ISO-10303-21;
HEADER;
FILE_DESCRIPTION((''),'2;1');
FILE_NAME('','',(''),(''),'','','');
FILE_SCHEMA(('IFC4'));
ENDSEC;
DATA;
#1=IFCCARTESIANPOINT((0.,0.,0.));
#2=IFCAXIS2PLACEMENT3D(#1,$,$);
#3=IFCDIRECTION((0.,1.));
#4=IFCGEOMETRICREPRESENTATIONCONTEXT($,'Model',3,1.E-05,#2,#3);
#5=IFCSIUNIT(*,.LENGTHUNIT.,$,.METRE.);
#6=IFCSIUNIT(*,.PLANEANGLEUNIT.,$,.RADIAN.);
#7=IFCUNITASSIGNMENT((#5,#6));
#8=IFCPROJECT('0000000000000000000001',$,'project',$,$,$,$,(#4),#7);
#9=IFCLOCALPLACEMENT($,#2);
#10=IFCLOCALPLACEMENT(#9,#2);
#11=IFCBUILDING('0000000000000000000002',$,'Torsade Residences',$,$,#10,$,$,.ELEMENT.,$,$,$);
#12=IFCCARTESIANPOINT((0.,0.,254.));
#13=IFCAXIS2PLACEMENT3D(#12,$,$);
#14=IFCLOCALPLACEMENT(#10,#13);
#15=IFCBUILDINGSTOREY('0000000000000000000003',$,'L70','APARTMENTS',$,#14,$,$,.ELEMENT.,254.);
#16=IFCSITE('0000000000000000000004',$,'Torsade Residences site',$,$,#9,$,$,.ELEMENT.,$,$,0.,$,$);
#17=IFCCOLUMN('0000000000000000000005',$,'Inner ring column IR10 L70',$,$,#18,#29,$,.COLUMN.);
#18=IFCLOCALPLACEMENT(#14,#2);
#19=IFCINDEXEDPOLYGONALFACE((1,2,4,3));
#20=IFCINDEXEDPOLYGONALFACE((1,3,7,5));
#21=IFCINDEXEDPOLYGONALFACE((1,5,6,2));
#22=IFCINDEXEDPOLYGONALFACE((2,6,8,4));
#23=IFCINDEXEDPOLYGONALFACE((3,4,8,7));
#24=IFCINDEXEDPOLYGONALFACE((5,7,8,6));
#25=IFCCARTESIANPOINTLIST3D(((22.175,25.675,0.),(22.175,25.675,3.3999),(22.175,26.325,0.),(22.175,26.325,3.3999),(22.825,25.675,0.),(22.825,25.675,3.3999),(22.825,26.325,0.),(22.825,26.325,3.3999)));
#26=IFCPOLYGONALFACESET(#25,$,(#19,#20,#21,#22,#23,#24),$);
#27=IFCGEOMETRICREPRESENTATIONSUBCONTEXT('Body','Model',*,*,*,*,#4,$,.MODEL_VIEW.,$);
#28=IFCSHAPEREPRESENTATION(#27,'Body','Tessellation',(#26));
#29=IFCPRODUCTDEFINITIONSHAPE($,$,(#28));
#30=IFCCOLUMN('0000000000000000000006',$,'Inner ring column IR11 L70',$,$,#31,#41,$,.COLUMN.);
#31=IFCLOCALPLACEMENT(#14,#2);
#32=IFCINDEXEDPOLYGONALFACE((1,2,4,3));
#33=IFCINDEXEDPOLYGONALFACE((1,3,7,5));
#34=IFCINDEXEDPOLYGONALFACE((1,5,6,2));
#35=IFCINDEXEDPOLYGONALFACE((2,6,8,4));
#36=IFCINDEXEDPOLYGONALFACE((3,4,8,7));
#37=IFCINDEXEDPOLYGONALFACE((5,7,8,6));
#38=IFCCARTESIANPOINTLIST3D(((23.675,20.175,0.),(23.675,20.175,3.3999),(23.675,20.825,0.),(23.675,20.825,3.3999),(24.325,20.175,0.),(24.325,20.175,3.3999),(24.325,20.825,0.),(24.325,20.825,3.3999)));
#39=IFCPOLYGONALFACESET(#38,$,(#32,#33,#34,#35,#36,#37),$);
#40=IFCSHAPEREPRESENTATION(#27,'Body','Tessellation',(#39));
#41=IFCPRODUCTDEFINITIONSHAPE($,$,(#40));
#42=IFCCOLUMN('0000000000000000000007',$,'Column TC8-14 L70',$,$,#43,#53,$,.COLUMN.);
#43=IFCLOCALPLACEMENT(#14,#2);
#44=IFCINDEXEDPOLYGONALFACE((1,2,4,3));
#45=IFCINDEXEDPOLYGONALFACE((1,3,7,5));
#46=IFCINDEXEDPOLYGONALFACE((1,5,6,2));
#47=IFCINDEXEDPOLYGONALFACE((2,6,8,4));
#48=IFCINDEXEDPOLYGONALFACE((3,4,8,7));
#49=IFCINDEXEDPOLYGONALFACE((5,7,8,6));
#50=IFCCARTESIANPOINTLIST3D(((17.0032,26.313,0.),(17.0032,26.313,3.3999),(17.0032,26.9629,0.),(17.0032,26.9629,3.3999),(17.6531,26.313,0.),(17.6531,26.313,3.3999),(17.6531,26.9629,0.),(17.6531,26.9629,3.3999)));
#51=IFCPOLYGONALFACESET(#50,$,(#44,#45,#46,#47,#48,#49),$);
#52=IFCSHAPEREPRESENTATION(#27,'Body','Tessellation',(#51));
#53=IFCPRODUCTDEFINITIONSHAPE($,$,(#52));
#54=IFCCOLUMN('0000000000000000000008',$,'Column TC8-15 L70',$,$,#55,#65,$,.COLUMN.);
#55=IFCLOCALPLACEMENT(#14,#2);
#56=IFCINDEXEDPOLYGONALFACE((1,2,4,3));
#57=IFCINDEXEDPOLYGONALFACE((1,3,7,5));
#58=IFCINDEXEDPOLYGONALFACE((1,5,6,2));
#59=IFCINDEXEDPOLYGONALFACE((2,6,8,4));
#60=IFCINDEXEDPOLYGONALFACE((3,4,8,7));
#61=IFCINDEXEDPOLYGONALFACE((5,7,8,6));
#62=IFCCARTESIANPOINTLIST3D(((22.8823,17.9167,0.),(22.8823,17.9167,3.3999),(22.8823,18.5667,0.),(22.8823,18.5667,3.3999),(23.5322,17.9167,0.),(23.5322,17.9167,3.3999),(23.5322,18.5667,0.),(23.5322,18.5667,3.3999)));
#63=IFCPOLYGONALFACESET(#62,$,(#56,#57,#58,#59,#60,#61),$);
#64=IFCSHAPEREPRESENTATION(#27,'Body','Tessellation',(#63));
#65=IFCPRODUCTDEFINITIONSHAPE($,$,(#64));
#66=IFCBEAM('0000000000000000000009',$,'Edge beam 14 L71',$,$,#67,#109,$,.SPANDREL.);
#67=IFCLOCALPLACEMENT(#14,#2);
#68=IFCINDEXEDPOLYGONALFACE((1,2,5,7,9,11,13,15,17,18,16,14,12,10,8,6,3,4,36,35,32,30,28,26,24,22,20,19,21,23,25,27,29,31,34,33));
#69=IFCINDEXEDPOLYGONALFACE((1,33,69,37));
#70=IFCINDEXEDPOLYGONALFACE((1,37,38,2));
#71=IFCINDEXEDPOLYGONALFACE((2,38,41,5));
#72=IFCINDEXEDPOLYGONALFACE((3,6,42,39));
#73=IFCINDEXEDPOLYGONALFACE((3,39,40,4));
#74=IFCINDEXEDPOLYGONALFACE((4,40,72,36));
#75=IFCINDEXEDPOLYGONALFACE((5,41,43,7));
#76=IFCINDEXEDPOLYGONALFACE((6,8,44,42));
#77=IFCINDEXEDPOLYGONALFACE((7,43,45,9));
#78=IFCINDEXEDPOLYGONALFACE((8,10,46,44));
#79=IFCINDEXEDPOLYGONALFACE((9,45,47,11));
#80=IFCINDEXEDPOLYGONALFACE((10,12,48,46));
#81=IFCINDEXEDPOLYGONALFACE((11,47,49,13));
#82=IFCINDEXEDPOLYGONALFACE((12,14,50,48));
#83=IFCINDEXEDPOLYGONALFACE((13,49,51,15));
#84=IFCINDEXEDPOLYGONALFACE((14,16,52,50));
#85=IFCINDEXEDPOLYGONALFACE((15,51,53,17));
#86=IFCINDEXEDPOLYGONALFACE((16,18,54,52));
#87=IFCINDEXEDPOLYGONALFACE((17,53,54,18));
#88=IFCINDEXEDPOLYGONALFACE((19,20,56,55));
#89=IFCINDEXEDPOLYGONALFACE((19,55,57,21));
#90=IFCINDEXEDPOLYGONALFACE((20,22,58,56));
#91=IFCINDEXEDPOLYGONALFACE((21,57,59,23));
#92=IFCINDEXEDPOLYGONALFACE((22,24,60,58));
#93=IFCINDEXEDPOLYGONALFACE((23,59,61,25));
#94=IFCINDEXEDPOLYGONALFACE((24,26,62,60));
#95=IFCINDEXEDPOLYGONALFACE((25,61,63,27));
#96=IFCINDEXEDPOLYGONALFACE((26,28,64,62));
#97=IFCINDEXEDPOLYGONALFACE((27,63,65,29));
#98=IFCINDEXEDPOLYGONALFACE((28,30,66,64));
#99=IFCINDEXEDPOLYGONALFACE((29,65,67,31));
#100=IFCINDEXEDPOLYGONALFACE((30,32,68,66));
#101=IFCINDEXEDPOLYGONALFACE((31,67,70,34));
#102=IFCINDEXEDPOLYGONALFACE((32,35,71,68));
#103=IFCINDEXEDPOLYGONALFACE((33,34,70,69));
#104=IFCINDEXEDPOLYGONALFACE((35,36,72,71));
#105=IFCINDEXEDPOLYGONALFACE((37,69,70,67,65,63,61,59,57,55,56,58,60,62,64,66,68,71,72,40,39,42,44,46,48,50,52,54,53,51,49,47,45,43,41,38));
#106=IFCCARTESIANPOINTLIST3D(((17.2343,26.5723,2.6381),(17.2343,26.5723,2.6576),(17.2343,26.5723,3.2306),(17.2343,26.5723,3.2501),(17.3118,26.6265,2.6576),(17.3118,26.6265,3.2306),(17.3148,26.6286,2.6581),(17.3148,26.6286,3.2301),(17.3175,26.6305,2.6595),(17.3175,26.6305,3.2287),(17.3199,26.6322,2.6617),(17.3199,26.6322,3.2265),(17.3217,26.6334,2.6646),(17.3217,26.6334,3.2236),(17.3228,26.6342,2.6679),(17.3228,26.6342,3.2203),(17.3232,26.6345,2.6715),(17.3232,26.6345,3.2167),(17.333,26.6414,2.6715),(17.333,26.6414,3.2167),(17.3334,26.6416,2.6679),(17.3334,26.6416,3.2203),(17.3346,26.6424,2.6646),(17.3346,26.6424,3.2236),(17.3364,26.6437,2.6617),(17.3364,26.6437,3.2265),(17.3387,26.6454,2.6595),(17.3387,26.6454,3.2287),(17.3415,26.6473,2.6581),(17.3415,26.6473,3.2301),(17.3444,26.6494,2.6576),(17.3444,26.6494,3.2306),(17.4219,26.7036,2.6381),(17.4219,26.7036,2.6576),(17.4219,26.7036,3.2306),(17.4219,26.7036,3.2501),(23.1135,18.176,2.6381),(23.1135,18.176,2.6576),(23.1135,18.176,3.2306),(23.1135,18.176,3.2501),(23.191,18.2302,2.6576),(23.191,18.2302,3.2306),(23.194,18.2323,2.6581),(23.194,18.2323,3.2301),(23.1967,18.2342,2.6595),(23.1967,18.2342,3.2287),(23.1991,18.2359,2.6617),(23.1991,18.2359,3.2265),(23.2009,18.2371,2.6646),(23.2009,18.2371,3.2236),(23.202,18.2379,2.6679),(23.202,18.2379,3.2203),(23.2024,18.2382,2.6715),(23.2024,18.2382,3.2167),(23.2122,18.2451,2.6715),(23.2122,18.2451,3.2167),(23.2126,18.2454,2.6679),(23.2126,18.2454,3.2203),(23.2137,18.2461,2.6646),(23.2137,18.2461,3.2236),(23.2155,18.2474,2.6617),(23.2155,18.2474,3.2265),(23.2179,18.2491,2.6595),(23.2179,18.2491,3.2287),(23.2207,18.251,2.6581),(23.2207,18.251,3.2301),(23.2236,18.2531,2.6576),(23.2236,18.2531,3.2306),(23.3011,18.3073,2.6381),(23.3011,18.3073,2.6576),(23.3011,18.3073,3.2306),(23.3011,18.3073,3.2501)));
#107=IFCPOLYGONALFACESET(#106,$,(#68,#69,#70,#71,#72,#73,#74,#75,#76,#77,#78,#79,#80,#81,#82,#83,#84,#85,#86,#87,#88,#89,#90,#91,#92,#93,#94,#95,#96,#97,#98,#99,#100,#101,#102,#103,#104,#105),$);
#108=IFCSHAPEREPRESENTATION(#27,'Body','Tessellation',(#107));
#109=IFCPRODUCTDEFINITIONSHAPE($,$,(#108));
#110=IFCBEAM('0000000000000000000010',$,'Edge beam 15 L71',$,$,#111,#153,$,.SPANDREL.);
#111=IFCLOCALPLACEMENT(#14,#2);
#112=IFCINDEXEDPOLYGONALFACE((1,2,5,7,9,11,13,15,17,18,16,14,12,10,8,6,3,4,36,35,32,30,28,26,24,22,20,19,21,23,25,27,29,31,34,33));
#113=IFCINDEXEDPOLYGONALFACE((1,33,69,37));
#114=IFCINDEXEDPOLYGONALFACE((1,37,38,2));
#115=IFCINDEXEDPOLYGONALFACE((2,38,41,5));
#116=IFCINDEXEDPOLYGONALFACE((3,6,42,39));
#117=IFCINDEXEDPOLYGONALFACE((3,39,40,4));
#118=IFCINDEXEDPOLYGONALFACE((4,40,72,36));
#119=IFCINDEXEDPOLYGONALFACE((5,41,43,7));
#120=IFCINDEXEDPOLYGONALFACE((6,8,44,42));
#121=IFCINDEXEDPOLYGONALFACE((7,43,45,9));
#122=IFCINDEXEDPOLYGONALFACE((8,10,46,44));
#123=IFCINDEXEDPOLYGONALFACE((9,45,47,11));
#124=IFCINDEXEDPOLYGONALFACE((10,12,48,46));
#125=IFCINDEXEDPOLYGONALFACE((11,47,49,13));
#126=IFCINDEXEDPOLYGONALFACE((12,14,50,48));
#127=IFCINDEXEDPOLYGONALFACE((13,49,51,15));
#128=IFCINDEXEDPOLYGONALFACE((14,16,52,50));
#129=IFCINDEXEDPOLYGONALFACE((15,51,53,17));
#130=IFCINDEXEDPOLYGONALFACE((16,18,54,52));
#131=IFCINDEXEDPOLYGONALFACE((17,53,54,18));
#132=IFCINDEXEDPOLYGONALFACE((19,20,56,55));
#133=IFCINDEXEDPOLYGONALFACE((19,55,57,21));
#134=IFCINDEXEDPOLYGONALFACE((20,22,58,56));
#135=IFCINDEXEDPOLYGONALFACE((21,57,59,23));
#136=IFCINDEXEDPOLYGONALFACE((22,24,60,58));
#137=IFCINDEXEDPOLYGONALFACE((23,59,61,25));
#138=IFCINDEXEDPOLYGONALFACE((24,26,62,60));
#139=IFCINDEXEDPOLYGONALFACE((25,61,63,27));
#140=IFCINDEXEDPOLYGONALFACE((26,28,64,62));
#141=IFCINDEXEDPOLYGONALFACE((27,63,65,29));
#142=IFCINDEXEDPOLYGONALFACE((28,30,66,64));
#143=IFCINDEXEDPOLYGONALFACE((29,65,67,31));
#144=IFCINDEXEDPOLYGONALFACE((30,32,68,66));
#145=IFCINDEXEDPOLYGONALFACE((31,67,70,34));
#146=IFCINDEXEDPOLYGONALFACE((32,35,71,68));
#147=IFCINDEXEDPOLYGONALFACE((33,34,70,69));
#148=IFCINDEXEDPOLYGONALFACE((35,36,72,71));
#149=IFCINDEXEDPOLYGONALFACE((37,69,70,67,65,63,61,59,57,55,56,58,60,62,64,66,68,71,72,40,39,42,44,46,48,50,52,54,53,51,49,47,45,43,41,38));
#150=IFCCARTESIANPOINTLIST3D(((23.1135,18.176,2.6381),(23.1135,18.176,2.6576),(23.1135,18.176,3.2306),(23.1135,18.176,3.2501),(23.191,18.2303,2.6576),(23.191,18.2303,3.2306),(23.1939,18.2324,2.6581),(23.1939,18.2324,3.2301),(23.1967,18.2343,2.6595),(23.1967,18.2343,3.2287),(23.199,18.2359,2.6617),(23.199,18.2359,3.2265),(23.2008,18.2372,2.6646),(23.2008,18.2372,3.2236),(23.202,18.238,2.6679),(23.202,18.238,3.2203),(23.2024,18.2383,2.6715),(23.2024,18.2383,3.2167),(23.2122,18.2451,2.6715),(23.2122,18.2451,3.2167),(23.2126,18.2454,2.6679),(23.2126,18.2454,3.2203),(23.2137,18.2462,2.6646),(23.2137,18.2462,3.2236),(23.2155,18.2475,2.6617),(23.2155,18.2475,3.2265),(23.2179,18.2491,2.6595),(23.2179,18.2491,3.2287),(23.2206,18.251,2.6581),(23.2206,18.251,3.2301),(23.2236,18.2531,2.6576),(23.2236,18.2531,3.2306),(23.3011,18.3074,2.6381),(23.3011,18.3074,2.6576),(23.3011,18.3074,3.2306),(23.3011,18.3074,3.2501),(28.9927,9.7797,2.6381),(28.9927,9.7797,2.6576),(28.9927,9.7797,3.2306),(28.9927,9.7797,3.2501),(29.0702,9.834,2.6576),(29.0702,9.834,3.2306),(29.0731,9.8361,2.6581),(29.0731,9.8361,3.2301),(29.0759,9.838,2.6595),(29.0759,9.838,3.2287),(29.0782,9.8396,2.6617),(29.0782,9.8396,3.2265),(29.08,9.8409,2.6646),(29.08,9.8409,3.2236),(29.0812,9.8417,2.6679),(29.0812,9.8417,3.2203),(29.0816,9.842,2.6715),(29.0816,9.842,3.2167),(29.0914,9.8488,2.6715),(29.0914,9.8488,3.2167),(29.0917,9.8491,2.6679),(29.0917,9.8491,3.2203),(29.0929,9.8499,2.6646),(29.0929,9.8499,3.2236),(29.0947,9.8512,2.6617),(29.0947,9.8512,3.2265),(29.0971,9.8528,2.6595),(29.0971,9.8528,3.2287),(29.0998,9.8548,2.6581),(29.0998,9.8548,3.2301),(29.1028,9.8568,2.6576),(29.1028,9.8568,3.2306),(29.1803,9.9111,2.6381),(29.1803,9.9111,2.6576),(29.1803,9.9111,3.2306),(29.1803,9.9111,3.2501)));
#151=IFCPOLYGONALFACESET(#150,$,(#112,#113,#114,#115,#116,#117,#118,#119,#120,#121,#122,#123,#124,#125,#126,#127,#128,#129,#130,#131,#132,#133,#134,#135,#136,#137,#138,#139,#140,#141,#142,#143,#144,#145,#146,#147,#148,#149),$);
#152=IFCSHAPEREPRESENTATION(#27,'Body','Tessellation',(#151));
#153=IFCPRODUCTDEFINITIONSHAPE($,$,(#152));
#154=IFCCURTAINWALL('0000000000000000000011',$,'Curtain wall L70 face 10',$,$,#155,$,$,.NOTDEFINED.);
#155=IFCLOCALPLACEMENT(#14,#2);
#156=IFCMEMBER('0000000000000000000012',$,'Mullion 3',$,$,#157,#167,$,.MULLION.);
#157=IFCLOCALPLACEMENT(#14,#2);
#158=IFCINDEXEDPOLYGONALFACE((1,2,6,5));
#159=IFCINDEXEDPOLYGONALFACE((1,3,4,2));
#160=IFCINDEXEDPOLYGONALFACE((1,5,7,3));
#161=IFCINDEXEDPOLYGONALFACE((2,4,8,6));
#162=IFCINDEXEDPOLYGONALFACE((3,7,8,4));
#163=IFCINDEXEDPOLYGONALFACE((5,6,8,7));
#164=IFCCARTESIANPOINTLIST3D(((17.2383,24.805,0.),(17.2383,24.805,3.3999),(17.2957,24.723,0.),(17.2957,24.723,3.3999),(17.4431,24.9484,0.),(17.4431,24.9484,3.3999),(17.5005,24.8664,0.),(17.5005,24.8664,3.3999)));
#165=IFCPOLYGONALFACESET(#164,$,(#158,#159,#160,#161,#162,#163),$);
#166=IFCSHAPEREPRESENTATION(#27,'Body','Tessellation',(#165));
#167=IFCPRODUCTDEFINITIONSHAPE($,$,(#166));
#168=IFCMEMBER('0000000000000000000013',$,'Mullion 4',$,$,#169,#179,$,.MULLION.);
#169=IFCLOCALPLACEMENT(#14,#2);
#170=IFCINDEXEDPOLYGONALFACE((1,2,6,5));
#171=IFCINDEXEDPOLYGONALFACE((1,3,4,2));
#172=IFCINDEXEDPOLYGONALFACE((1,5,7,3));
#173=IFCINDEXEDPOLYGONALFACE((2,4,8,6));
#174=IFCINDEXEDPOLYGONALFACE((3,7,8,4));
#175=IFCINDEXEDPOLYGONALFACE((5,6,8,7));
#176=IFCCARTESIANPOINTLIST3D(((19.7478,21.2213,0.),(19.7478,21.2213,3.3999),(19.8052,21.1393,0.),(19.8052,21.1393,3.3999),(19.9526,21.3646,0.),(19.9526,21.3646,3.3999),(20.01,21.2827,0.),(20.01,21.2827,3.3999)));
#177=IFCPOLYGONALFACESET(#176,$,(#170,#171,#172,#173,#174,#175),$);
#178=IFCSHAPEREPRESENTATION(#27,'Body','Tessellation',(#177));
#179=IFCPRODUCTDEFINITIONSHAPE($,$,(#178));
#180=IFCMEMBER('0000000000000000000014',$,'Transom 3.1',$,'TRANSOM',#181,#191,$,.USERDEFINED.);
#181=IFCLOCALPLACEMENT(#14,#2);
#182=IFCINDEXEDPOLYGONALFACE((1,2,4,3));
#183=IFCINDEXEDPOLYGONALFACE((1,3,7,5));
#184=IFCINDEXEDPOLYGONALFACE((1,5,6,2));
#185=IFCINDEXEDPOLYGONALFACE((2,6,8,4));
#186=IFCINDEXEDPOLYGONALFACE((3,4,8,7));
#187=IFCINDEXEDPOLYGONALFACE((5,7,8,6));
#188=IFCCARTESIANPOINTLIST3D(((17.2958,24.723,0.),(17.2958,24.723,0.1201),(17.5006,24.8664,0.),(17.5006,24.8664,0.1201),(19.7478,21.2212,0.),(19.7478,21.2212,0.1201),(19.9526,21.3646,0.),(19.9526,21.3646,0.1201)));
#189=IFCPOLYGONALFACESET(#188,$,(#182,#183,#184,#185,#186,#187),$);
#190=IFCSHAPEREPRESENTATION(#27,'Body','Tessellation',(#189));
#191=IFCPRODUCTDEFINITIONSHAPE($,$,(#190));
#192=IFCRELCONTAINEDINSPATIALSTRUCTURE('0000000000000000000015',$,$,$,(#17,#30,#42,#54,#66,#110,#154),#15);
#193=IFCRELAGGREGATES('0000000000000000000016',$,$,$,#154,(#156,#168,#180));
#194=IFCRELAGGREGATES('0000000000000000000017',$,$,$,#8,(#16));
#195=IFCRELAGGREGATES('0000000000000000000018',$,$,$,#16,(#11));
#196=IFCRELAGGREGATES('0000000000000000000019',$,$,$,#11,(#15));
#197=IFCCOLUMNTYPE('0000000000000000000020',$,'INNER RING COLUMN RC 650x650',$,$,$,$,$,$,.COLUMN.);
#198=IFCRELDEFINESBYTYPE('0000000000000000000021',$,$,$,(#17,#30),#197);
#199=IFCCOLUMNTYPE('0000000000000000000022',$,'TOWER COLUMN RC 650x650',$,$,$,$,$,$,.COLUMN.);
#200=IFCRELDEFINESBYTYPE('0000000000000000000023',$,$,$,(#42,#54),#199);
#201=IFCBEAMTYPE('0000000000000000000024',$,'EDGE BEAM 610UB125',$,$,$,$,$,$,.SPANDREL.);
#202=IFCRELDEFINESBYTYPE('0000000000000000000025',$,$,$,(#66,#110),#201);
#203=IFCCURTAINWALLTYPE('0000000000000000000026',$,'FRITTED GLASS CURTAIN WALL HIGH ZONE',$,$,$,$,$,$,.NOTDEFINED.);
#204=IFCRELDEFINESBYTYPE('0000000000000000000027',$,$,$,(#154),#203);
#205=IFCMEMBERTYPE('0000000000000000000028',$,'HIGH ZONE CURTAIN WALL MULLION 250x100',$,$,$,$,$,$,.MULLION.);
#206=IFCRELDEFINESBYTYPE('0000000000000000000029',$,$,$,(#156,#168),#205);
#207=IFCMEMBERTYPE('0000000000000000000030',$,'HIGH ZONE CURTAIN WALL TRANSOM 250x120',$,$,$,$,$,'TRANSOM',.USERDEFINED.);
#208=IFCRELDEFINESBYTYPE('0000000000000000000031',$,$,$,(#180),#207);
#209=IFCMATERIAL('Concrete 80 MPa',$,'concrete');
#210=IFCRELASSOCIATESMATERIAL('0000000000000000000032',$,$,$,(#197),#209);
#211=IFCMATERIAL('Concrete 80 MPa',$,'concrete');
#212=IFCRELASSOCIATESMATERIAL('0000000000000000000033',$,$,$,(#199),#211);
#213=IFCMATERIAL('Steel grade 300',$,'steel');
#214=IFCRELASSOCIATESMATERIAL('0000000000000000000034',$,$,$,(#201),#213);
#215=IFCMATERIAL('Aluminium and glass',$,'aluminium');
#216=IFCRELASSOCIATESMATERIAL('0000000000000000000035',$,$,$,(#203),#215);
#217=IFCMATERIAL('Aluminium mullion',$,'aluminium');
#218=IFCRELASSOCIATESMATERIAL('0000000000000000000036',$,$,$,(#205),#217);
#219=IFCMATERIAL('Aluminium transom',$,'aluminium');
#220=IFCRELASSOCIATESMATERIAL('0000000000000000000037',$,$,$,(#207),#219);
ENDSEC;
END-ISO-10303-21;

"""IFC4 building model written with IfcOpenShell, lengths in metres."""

from ifc_helpers import new_model, si_unit, direction, frame, origin, origin_2d, place, context, subcontext, project, spatial, rectangle, i_section, extrude, material, material_profile, profile_set, type_object, element, aggregate, save


model = new_model("IFC4")

# Units and contexts
model_context = context("Model", 3, precision=1e-05, world=origin(), true_north=direction((0.0, 1.0)))
body_context = subcontext(model_context, "Body", "Model", "MODEL_VIEW")
ifc_project = project(units=[si_unit("LENGTHUNIT", "METRE"), si_unit("PLANEANGLEUNIT", "RADIAN")], contexts=[model_context])

# Site, building, storey
site_placement = place(None, origin())
site = spatial("IfcSite", under=ifc_project, at=site_placement, Name="Torsade Residences site", CompositionType="ELEMENT", RefElevation=0.0)
building_placement = place(site_placement, origin())
building = spatial("IfcBuilding", under=site, at=building_placement, Name="Torsade Residences", CompositionType="ELEMENT")
storey_placement = place(building_placement, frame((0.0, 0.0, 254.0)))
storey = spatial("IfcBuildingStorey", under=building, at=storey_placement, Name="L70", Description="APARTMENTS", CompositionType="ELEMENT", Elevation=254.0)

# Columns
ifc_material_1 = material(Name="Concrete 80 MPa", Category="concrete")
ifc_material_profile_1 = material_profile(ifc_material_1, rectangle(XDim=0.6499, YDim=0.6499, at=origin_2d()), Name="RC 650x650")
ifc_profile_set_1 = profile_set([ifc_material_profile_1], Name="Concrete 80 MPa")
column_type_1 = type_object("IfcColumnType", Name="INNER RING COLUMN RC 650x650", PredefinedType="COLUMN", material=ifc_profile_set_1)
for number, where, z_axis, x_axis, name in (
    (1, (22.5, 26.0, 0.0), (0.0, 0.0, 1.0), (1.0, 0.0, 0.0), "Inner ring column IR10 L70"),
    (2, (24.0, 20.5, 0.0), (0.0, 0.0, 1.0), (1.0, 0.0, 0.0), "Inner ring column IR11 L70"),
):
    element("IfcColumn", number, at=place(storey_placement, frame(where, z_axis=z_axis, x_axis=x_axis)), inside=storey, type_object=column_type_1, Name=name, PredefinedType="COLUMN", context=body_context, shape_type="SweptSolid", body=[
        extrude(rectangle(XDim=0.6499, YDim=0.6499, at=origin_2d()), origin(), (0.0, 0.0, 1.0), 3.3999),
    ])
ifc_material_2 = material(Name="Concrete 80 MPa", Category="concrete")
ifc_material_profile_2 = material_profile(ifc_material_2, rectangle(XDim=0.6499, YDim=0.6499, at=origin_2d()), Name="RC 650x650")
ifc_profile_set_2 = profile_set([ifc_material_profile_2], Name="Concrete 80 MPa")
column_type_2 = type_object("IfcColumnType", Name="TOWER COLUMN RC 650x650", PredefinedType="COLUMN", material=ifc_profile_set_2)
for number, where, z_axis, x_axis, name in (
    (3, (17.3281, 26.6379, 0.0), (0.0, 0.0, 1.0), (1.0, 0.0, 0.0), "Column TC8-14 L70"),
    (4, (23.2073, 18.2417, 0.0), (0.0, 0.0, 1.0), (1.0, 0.0, 0.0), "Column TC8-15 L70"),
):
    element("IfcColumn", number, at=place(storey_placement, frame(where, z_axis=z_axis, x_axis=x_axis)), inside=storey, type_object=column_type_2, Name=name, PredefinedType="COLUMN", context=body_context, shape_type="SweptSolid", body=[
        extrude(rectangle(XDim=0.6499, YDim=0.6499, at=origin_2d()), origin(), (0.0, 0.0, 1.0), 3.3999),
    ])

# Beams
ifc_material_3 = material(Name="Steel grade 300", Category="steel")
ifc_material_profile_3 = material_profile(ifc_material_3, i_section(OverallWidth=0.229, OverallDepth=0.6121, WebThickness=0.012, FlangeThickness=0.0195, FilletRadius=0.0139, at=origin_2d()), Name="610UB125")
ifc_profile_set_3 = profile_set([ifc_material_profile_3], Name="Steel grade 300")
beam_type_1 = type_object("IfcBeamType", Name="EDGE BEAM 610UB125", PredefinedType="SPANDREL", material=ifc_profile_set_3)
for number, where, z_axis, x_axis, name in (
    (5, (17.3281, 26.6379, 2.9441), (0.573579, -0.81915, 0.0), (0.81915, 0.573579, 0.0), "Edge beam 14 L71"),
    (6, (23.2073, 18.2417, 2.9441), (0.573579, -0.81915, 0.0), (0.81915, 0.573579, 0.0), "Edge beam 15 L71"),
):
    element("IfcBeam", number, at=place(storey_placement, frame(where, z_axis=z_axis, x_axis=x_axis)), inside=storey, type_object=beam_type_1, Name=name, PredefinedType="SPANDREL", context=body_context, shape_type="SweptSolid", body=[
        extrude(i_section(OverallWidth=0.229, OverallDepth=0.6121, WebThickness=0.012, FlangeThickness=0.0195, FilletRadius=0.0139, at=origin_2d()), origin(), (0.0, 0.0, 1.0), 10.25),
    ])

# Curtain wall, members
ifc_material_4 = material(Name="Aluminium and glass", Category="aluminium")
curtain_wall_type = type_object("IfcCurtainWallType", Name="FRITTED GLASS CURTAIN WALL HIGH ZONE", PredefinedType="NOTDEFINED", material=ifc_material_4)
curtain_wall_placement = place(storey_placement, origin())
curtain_wall = element("IfcCurtainWall", 7, at=curtain_wall_placement, inside=storey, type_object=curtain_wall_type, Name="Curtain wall L70 face 10", PredefinedType="NOTDEFINED")
ifc_material_5 = material(Name="Aluminium mullion", Category="aluminium")
ifc_material_profile_4 = material_profile(ifc_material_5, rectangle(XDim=0.25, YDim=0.1001, at=origin_2d()), Name="HIGH ZONE CURTAIN WALL MULLION 250x100")
ifc_profile_set_4 = profile_set([ifc_material_profile_4], Name="Aluminium mullion")
member_type_1 = type_object("IfcMemberType", Name="HIGH ZONE CURTAIN WALL MULLION 250x100", PredefinedType="MULLION", material=ifc_profile_set_4)
member_1_placement = place(storey_placement, frame((17.3694, 24.8357, 0.0), z_axis=(0.0, 0.0, 1.0), x_axis=(0.819152, 0.573576, 0.0)))
member_1 = element("IfcMember", 8, at=member_1_placement, type_object=member_type_1, Name="Mullion 3", PredefinedType="MULLION", context=body_context, shape_type="SweptSolid", body=[
    extrude(rectangle(XDim=0.25, YDim=0.1001, at=origin_2d()), origin(), (0.0, 0.0, 1.0), 3.3999),
])
member_2_placement = place(storey_placement, frame((19.8789, 21.252, 0.0), z_axis=(0.0, 0.0, 1.0), x_axis=(0.819152, 0.573576, 0.0)))
member_2 = element("IfcMember", 9, at=member_2_placement, type_object=member_type_1, Name="Mullion 4", PredefinedType="MULLION", context=body_context, shape_type="SweptSolid", body=[
    extrude(rectangle(XDim=0.25, YDim=0.1001, at=origin_2d()), origin(), (0.0, 0.0, 1.0), 3.3999),
])
ifc_material_6 = material(Name="Aluminium transom", Category="aluminium")
ifc_material_profile_5 = material_profile(ifc_material_6, rectangle(XDim=0.25, YDim=0.1201, at=origin_2d()), Name="HIGH ZONE CURTAIN WALL TRANSOM 250x120")
ifc_profile_set_5 = profile_set([ifc_material_profile_5], Name="Aluminium transom")
member_type_2 = type_object("IfcMemberType", Name="HIGH ZONE CURTAIN WALL TRANSOM 250x120", ElementType="TRANSOM", PredefinedType="USERDEFINED", material=ifc_profile_set_5)
member_3_placement = place(storey_placement, frame((17.3982, 24.7947, 0.0601), z_axis=(0.573573, -0.819154, 0.0), x_axis=(0.819154, 0.573573, 0.0)))
member_3 = element("IfcMember", 10, at=member_3_placement, type_object=member_type_2, Name="Transom 3.1", ObjectType="TRANSOM", PredefinedType="USERDEFINED", context=body_context, shape_type="SweptSolid", body=[
    extrude(rectangle(XDim=0.25, YDim=0.1201, at=origin_2d()), origin(), (0.0, 0.0, 1.0), 4.2749),
])

aggregate(curtain_wall, [member_1, member_2, member_3])

save(model, "model.ifc")
